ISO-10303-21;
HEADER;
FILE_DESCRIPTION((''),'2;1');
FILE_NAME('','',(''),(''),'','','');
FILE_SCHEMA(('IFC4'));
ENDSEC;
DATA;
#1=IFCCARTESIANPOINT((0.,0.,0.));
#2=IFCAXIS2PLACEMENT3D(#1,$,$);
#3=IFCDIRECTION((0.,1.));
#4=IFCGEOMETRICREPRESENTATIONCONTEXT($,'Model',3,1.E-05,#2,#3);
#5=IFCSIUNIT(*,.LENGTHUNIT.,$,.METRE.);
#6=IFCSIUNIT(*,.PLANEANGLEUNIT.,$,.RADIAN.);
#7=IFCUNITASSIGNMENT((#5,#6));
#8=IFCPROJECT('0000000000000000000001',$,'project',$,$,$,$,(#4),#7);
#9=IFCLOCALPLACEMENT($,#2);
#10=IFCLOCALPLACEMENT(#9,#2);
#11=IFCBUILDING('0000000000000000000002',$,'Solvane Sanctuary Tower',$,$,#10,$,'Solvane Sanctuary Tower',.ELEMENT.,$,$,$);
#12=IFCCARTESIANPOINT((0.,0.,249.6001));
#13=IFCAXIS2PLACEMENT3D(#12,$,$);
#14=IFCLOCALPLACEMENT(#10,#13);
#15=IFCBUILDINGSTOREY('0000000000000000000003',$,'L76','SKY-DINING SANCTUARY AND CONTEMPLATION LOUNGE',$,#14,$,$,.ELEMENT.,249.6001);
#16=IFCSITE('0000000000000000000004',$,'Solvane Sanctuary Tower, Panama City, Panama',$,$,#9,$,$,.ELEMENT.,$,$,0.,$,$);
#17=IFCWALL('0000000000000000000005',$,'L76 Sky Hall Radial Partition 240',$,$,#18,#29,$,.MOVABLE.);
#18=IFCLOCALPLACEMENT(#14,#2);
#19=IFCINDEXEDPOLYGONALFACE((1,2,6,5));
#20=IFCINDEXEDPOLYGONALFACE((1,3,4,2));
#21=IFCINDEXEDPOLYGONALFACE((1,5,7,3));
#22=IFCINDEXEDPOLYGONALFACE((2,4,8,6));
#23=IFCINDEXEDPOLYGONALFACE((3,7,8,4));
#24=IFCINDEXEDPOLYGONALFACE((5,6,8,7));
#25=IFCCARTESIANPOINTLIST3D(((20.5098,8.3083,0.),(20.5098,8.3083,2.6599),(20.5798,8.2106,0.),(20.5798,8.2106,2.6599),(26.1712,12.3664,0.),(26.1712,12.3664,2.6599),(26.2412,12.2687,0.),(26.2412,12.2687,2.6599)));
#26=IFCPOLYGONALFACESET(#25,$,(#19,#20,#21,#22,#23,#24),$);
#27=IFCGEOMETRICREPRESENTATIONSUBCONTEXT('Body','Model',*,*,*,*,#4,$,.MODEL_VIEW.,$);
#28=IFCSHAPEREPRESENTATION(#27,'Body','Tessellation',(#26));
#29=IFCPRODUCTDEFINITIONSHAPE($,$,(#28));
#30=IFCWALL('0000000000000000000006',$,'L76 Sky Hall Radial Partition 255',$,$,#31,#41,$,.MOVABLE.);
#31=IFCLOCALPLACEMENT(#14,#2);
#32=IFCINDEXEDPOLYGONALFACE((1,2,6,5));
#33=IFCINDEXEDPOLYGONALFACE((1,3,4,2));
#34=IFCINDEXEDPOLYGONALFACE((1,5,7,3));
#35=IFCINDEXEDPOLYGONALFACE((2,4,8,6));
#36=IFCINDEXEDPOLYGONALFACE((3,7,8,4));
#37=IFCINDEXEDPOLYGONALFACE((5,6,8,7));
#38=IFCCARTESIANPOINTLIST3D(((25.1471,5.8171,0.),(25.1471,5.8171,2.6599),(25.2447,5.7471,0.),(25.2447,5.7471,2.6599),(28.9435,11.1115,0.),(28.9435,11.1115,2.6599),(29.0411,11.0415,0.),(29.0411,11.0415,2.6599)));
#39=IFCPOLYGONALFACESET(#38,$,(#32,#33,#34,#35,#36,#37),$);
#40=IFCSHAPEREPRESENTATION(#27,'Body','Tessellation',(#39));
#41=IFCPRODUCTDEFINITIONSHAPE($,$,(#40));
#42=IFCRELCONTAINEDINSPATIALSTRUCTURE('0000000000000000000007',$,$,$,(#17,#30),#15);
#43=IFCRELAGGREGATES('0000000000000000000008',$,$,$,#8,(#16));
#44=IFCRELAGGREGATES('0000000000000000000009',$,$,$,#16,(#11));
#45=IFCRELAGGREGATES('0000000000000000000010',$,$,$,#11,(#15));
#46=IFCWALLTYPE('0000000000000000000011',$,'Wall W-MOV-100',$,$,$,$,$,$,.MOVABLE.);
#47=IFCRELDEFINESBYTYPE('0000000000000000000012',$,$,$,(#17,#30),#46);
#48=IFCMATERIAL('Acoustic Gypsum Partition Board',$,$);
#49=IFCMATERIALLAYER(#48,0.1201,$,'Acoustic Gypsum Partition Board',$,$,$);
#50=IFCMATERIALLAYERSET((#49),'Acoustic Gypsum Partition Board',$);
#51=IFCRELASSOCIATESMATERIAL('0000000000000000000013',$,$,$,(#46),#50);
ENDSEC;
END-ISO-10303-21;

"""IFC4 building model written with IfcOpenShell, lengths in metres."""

from ifc_helpers import new_model, si_unit, direction, frame, frame_2d, origin, place, context, subcontext, project, spatial, rectangle, extrude, material, layer, layer_set, type_object, element, save


model = new_model("IFC4")

# Units and contexts
model_context = context("Model", 3, precision=1e-05, world=origin(), true_north=direction((0.0, 1.0)))
body_context = subcontext(model_context, "Body", "Model", "MODEL_VIEW")
ifc_project = project(units=[si_unit("LENGTHUNIT", "METRE"), si_unit("PLANEANGLEUNIT", "RADIAN")], contexts=[model_context])

# Site, building, storey
site_placement = place(None, origin())
site = spatial("IfcSite", under=ifc_project, at=site_placement, Name="Solvane Sanctuary Tower, Panama City, Panama", CompositionType="ELEMENT", RefElevation=0.0)
building_placement = place(site_placement, origin())
building = spatial("IfcBuilding", under=site, at=building_placement, Name="Solvane Sanctuary Tower", LongName="Solvane Sanctuary Tower", CompositionType="ELEMENT")
storey_placement = place(building_placement, frame((0.0, 0.0, 249.6001)))
storey = spatial("IfcBuildingStorey", under=building, at=storey_placement, Name="L76", Description="SKY-DINING SANCTUARY AND CONTEMPLATION LOUNGE", CompositionType="ELEMENT", Elevation=249.6001)

# Shared definitions
ifc_material_1 = material(Name="Acoustic Gypsum Partition Board")

# Walls
ifc_layer_1 = layer(ifc_material_1, 0.1201, Name="Acoustic Gypsum Partition Board")
ifc_layer_set_1 = layer_set([ifc_layer_1], Name="Acoustic Gypsum Partition Board")
wall_type_1 = type_object("IfcWallType", Name="Wall W-MOV-100", PredefinedType="MOVABLE", material=ifc_layer_set_1)
wall_1_placement = place(storey_placement, frame((26.2063, 12.3176, 0.0), z_axis=(0.0, 0.0, 1.0), x_axis=(-0.812764, -0.582593, 0.0)))
element("IfcWall", 1, at=wall_1_placement, inside=storey, type_object=wall_type_1, Name="L76 Sky Hall Radial Partition 240", PredefinedType="MOVABLE", context=body_context, shape_type="SweptSolid", body=[
    extrude(rectangle(XDim=6.9656, YDim=0.1201, at=frame_2d((3.4829, 0.0))), origin(), (0.0, 0.0, 1.0), 2.6599),
])
wall_2_placement = place(storey_placement, frame((28.9922, 11.0764, 0.0), z_axis=(0.0, 0.0, 1.0), x_axis=(-0.582726, -0.812669, 0.0)))
element("IfcWall", 2, at=wall_2_placement, inside=storey, type_object=wall_type_1, Name="L76 Sky Hall Radial Partition 255", PredefinedType="MOVABLE", context=body_context, shape_type="SweptSolid", body=[
    extrude(rectangle(XDim=6.5149, YDim=0.1201, at=frame_2d((3.2573, 0.0))), origin(), (0.0, 0.0, 1.0), 2.6599),
])

save(model, "model.ifc")
